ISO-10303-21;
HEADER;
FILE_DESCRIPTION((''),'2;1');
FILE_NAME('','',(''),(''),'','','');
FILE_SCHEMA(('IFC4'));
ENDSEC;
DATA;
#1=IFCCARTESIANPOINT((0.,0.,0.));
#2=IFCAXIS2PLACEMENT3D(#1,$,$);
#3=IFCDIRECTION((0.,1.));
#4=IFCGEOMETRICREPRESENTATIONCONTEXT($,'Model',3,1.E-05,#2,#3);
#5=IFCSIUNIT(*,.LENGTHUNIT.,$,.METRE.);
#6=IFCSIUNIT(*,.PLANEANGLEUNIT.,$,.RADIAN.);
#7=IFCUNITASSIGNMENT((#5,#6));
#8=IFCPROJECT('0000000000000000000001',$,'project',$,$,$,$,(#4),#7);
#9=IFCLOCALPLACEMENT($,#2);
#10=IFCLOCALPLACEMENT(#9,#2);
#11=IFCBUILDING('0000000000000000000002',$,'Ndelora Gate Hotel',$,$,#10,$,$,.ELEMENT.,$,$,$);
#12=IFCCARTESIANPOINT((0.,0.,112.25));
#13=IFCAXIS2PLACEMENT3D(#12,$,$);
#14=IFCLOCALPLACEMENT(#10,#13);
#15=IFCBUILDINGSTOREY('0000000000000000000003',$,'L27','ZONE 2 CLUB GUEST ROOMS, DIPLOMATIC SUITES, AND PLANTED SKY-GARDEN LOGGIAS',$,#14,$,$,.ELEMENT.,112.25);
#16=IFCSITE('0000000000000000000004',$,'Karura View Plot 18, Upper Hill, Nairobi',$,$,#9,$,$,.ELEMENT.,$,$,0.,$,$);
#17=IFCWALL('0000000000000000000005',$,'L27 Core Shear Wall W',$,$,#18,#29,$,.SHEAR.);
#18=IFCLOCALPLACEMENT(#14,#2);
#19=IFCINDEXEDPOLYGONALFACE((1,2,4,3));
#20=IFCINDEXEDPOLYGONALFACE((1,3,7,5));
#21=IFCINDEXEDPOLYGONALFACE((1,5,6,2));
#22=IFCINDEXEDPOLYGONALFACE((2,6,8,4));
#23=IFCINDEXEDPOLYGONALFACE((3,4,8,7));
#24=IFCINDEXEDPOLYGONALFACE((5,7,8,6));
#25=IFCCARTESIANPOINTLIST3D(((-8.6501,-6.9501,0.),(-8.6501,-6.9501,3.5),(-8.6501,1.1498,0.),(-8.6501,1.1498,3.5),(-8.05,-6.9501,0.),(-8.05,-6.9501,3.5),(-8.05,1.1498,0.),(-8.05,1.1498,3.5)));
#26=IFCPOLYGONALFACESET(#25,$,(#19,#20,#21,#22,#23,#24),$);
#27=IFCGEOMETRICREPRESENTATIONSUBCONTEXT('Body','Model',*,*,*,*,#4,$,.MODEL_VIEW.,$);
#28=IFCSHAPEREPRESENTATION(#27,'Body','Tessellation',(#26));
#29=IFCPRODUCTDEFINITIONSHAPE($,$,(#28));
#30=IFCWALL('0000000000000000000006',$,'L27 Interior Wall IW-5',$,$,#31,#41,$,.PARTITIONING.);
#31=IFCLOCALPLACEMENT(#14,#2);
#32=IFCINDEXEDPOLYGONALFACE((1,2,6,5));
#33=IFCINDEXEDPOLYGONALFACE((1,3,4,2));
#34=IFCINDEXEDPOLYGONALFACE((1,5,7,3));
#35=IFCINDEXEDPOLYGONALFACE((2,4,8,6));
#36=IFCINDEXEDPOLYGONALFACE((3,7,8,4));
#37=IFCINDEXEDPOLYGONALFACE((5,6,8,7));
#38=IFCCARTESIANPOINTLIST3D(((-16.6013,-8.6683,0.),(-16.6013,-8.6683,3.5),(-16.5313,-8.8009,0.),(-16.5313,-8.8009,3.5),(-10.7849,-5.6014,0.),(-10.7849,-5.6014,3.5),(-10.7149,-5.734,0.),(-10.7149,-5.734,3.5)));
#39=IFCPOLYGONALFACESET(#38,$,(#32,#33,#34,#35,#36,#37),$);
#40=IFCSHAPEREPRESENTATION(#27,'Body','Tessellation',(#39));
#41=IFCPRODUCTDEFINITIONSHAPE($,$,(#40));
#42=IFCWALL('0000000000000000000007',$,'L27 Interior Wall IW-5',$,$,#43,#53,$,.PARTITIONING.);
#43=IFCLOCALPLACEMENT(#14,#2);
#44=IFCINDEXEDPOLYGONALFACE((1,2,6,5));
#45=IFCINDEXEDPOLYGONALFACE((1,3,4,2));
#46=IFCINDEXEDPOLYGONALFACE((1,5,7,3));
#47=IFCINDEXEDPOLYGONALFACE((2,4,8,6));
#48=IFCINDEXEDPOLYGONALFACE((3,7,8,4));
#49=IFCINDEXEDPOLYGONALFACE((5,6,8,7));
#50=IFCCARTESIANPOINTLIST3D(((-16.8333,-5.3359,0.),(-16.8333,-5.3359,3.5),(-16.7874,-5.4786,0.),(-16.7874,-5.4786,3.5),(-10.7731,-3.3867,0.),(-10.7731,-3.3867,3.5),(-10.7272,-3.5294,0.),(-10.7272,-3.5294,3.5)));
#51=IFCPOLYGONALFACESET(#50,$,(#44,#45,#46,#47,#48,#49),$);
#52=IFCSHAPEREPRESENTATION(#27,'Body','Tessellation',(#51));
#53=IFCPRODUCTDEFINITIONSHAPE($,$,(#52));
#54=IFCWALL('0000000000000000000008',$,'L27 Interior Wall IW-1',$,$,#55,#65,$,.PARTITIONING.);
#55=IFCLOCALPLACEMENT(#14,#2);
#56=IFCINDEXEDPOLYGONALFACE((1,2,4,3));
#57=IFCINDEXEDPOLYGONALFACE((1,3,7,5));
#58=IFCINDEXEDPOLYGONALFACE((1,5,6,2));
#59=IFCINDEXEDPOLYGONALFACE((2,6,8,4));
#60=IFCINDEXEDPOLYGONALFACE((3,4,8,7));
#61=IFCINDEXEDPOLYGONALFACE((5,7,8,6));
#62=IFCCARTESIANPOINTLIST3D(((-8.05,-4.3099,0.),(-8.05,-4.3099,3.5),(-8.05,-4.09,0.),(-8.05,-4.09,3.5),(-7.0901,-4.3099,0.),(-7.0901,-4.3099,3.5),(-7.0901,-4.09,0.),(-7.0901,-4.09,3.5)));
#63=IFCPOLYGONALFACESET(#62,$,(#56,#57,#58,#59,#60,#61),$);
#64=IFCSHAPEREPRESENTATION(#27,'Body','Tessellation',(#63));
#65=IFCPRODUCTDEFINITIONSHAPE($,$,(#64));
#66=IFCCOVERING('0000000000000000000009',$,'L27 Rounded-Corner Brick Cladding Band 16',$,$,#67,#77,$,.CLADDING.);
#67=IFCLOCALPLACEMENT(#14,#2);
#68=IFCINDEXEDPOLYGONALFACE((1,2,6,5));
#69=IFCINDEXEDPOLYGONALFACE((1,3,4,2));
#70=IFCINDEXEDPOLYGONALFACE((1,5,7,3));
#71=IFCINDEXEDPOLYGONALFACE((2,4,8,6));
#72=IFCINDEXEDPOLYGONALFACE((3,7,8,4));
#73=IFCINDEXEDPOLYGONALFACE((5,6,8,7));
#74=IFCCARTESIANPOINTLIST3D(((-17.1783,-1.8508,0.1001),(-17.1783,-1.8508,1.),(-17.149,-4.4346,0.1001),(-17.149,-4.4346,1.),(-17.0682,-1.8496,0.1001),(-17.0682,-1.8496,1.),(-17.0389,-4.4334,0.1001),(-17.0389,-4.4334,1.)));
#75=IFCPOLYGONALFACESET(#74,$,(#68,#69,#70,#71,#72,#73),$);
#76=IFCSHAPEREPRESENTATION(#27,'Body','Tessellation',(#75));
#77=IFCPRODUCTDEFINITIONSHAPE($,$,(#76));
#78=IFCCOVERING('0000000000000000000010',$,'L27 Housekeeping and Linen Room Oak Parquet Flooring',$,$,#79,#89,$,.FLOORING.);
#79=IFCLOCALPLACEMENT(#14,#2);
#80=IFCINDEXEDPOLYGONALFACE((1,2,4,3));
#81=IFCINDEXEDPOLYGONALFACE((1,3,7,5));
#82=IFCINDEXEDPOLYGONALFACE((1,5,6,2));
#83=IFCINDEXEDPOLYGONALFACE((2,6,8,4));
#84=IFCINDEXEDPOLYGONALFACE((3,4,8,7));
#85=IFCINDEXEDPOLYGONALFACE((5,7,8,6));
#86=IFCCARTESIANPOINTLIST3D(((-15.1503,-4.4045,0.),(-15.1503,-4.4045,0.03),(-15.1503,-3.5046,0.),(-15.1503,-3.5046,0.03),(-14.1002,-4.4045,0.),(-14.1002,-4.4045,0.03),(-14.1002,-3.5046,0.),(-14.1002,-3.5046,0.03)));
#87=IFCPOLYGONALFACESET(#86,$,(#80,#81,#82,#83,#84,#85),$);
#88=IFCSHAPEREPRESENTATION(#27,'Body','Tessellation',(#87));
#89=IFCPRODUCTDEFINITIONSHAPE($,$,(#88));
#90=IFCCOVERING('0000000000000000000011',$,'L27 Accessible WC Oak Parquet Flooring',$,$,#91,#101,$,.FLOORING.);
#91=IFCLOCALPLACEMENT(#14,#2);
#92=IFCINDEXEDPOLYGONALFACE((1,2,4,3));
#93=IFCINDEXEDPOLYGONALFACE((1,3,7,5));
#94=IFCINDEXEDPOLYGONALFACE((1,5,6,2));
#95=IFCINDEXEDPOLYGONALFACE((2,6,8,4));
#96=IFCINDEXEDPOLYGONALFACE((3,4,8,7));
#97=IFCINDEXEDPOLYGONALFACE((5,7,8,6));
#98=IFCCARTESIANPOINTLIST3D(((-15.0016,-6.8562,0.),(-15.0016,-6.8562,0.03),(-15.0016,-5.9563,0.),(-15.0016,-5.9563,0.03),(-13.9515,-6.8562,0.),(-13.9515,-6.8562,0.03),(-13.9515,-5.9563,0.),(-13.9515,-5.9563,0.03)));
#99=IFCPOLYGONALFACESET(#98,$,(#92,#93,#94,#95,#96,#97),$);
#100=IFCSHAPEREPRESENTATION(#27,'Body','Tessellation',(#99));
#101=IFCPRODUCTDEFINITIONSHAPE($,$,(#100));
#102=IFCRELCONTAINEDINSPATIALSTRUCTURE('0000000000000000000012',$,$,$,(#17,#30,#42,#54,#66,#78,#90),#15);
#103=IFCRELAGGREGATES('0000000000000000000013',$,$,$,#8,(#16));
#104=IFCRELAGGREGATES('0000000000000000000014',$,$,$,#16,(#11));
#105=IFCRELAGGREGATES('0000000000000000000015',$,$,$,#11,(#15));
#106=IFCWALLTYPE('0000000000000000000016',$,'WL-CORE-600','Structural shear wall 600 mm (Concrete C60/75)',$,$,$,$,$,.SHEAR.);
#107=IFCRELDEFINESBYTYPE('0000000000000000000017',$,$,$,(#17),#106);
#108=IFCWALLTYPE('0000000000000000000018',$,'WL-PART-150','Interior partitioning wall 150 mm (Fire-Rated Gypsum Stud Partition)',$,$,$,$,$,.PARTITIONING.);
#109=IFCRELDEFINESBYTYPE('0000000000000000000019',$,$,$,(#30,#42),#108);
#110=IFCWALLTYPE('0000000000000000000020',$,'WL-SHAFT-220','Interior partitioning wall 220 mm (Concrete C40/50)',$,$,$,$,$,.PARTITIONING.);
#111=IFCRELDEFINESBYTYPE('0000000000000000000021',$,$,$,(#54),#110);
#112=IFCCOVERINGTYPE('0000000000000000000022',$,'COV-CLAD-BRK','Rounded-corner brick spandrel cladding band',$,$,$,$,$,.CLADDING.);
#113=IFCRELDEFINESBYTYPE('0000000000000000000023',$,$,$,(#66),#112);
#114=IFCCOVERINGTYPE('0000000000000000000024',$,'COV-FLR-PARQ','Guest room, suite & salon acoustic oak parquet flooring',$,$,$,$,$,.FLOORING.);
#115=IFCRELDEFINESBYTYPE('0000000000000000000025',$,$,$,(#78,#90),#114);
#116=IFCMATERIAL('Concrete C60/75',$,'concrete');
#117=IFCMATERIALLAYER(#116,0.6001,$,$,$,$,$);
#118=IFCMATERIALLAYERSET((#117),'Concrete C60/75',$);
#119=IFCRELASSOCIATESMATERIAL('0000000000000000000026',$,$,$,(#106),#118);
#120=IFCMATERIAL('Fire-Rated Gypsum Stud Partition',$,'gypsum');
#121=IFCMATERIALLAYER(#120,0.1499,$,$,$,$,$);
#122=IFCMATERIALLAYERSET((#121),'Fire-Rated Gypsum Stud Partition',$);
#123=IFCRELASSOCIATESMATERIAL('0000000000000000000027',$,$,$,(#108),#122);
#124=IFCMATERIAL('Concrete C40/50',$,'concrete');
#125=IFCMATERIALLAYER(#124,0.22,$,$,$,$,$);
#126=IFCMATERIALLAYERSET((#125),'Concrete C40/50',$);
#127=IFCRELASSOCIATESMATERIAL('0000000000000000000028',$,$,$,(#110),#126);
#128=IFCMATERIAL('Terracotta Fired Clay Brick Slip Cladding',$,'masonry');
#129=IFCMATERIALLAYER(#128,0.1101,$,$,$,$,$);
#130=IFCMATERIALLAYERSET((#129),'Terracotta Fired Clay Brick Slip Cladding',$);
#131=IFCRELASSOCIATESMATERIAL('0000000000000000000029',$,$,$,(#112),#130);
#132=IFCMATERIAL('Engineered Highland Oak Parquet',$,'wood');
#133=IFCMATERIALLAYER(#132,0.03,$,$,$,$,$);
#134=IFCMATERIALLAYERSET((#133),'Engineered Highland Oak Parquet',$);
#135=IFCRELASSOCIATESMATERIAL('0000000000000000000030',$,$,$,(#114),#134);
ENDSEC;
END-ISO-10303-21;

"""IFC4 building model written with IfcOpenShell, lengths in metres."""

from ifc_helpers import new_model, si_unit, direction, frame, frame_2d, origin, origin_2d, place, context, subcontext, project, spatial, rectangle, extrude, material, layer, layer_set, type_object, element, save


model = new_model("IFC4")

# Units and contexts
model_context = context("Model", 3, precision=1e-05, world=origin(), true_north=direction((0.0, 1.0)))
body_context = subcontext(model_context, "Body", "Model", "MODEL_VIEW")
ifc_project = project(units=[si_unit("LENGTHUNIT", "METRE"), si_unit("PLANEANGLEUNIT", "RADIAN")], contexts=[model_context])

# Site, building, storey
site_placement = place(None, origin())
site = spatial("IfcSite", under=ifc_project, at=site_placement, Name="Karura View Plot 18, Upper Hill, Nairobi", CompositionType="ELEMENT", RefElevation=0.0)
building_placement = place(site_placement, origin())
building = spatial("IfcBuilding", under=site, at=building_placement, Name="Ndelora Gate Hotel", CompositionType="ELEMENT")
storey_placement = place(building_placement, frame((0.0, 0.0, 112.25)))
storey = spatial("IfcBuildingStorey", under=building, at=storey_placement, Name="L27", Description="ZONE 2 CLUB GUEST ROOMS, DIPLOMATIC SUITES, AND PLANTED SKY-GARDEN LOGGIAS", CompositionType="ELEMENT", Elevation=112.25)

# Shared definitions
ifc_material_1 = material(Name="Concrete C60/75", Category="concrete")

# Wall
ifc_layer_1 = layer(ifc_material_1, 0.6001)
ifc_layer_set_1 = layer_set([ifc_layer_1], Name="Concrete C60/75")
wall_type_1 = type_object("IfcWallType", Name="WL-CORE-600", Description="Structural shear wall 600 mm (Concrete C60/75)", PredefinedType="SHEAR", material=ifc_layer_set_1)
wall_1_placement = place(storey_placement, frame((-8.3501, -6.95, 0.0), z_axis=(0.0, 0.0, 1.0), x_axis=(0.0, 1.0, 0.0)))
element("IfcWall", 1, at=wall_1_placement, inside=storey, type_object=wall_type_1, Name="L27 Core Shear Wall W", PredefinedType="SHEAR", context=body_context, shape_type="SweptSolid", body=[
    extrude(rectangle(XDim=8.0999, YDim=0.6001, at=frame_2d((4.0498, 0.0))), origin(), (0.0, 0.0, 1.0), 3.5),
])

# Shared definitions
ifc_material_2 = material(Name="Fire-Rated Gypsum Stud Partition", Category="gypsum")
ifc_layer_2 = layer(ifc_material_2, 0.1499)
ifc_layer_set_2 = layer_set([ifc_layer_2], Name="Fire-Rated Gypsum Stud Partition")
wall_type_2 = type_object("IfcWallType", Name="WL-PART-150", Description="Interior partitioning wall 150 mm (Fire-Rated Gypsum Stud Partition)", PredefinedType="PARTITIONING", material=ifc_layer_set_2)

# Walls
wall_2_placement = place(storey_placement, frame((-10.75, -5.6677, 0.0), z_axis=(0.0, 0.0, 1.0), x_axis=(-0.884565, -0.466417, 0.0)))
element("IfcWall", 2, at=wall_2_placement, inside=storey, type_object=wall_type_2, Name="L27 Interior Wall IW-5", PredefinedType="PARTITIONING", context=body_context, shape_type="SweptSolid", body=[
    extrude(rectangle(XDim=6.5754, YDim=0.1499, at=frame_2d((3.2876, 0.0))), origin(), (0.0, 0.0, 1.0), 3.5),
])
wall_3_placement = place(storey_placement, frame((-10.75, -3.458, 0.0), z_axis=(0.0, 0.0, 1.0), x_axis=(-0.951971, -0.306189, 0.0)))
element("IfcWall", 3, at=wall_3_placement, inside=storey, type_object=wall_type_2, Name="L27 Interior Wall IW-5", PredefinedType="PARTITIONING", context=body_context, shape_type="SweptSolid", body=[
    extrude(rectangle(XDim=6.366, YDim=0.1499, at=frame_2d((3.1831, 0.0))), origin(), (0.0, 0.0, 1.0), 3.5),
])
ifc_material_3 = material(Name="Concrete C40/50", Category="concrete")
ifc_layer_3 = layer(ifc_material_3, 0.22)
ifc_layer_set_3 = layer_set([ifc_layer_3], Name="Concrete C40/50")
wall_type_3 = type_object("IfcWallType", Name="WL-SHAFT-220", Description="Interior partitioning wall 220 mm (Concrete C40/50)", PredefinedType="PARTITIONING", material=ifc_layer_set_3)
wall_4_placement = place(storey_placement, frame((-8.05, -4.2, 0.0), z_axis=(0.0, 0.0, 1.0), x_axis=(1.0, 0.0, 0.0)))
element("IfcWall", 4, at=wall_4_placement, inside=storey, type_object=wall_type_3, Name="L27 Interior Wall IW-1", PredefinedType="PARTITIONING", context=body_context, shape_type="SweptSolid", body=[
    extrude(rectangle(XDim=0.96, YDim=0.22, at=frame_2d((0.48, 0.0))), origin(), (0.0, 0.0, 1.0), 3.5),
])

# Coverings
ifc_material_4 = material(Name="Terracotta Fired Clay Brick Slip Cladding", Category="masonry")
ifc_layer_4 = layer(ifc_material_4, 0.1101)
ifc_layer_set_4 = layer_set([ifc_layer_4], Name="Terracotta Fired Clay Brick Slip Cladding")
covering_type_1 = type_object("IfcCoveringType", Name="COV-CLAD-BRK", Description="Rounded-corner brick spandrel cladding band", PredefinedType="CLADDING", material=ifc_layer_set_4)
covering_placement = place(storey_placement, frame((-17.1086, -3.1421, 0.1001), z_axis=(0.0, 0.0, 1.0), x_axis=(-0.011344, 0.999936, 0.0)))
element("IfcCovering", 5, at=covering_placement, inside=storey, type_object=covering_type_1, Name="L27 Rounded-Corner Brick Cladding Band 16", PredefinedType="CLADDING", context=body_context, shape_type="SweptSolid", body=[
    extrude(rectangle(XDim=2.584, YDim=0.1101, at=origin_2d()), origin(), (0.0, 0.0, 1.0), 0.8999),
])
ifc_material_5 = material(Name="Engineered Highland Oak Parquet", Category="wood")
ifc_layer_5 = layer(ifc_material_5, 0.03)
ifc_layer_set_5 = layer_set([ifc_layer_5], Name="Engineered Highland Oak Parquet")
covering_type_2 = type_object("IfcCoveringType", Name="COV-FLR-PARQ", Description="Guest room, suite & salon acoustic oak parquet flooring", PredefinedType="FLOORING", material=ifc_layer_set_5)
for number, where, z_axis, x_axis, name in (
    (6, (-14.6252, -3.9546, 0.0), (0.0, 0.0, 1.0), (1.0, 0.0, 0.0), "L27 Housekeeping and Linen Room Oak Parquet Flooring"),
    (7, (-14.4766, -6.4062, 0.0), (0.0, 0.0, 1.0), (1.0, 0.0, 0.0), "L27 Accessible WC Oak Parquet Flooring"),
):
    element("IfcCovering", number, at=place(storey_placement, frame(where, z_axis=z_axis, x_axis=x_axis)), inside=storey, type_object=covering_type_2, Name=name, PredefinedType="FLOORING", context=body_context, shape_type="SweptSolid", body=[
        extrude(rectangle(XDim=1.05, YDim=0.8999, at=origin_2d()), origin(), (0.0, 0.0, 1.0), 0.03),
    ])

save(model, "model.ifc")
